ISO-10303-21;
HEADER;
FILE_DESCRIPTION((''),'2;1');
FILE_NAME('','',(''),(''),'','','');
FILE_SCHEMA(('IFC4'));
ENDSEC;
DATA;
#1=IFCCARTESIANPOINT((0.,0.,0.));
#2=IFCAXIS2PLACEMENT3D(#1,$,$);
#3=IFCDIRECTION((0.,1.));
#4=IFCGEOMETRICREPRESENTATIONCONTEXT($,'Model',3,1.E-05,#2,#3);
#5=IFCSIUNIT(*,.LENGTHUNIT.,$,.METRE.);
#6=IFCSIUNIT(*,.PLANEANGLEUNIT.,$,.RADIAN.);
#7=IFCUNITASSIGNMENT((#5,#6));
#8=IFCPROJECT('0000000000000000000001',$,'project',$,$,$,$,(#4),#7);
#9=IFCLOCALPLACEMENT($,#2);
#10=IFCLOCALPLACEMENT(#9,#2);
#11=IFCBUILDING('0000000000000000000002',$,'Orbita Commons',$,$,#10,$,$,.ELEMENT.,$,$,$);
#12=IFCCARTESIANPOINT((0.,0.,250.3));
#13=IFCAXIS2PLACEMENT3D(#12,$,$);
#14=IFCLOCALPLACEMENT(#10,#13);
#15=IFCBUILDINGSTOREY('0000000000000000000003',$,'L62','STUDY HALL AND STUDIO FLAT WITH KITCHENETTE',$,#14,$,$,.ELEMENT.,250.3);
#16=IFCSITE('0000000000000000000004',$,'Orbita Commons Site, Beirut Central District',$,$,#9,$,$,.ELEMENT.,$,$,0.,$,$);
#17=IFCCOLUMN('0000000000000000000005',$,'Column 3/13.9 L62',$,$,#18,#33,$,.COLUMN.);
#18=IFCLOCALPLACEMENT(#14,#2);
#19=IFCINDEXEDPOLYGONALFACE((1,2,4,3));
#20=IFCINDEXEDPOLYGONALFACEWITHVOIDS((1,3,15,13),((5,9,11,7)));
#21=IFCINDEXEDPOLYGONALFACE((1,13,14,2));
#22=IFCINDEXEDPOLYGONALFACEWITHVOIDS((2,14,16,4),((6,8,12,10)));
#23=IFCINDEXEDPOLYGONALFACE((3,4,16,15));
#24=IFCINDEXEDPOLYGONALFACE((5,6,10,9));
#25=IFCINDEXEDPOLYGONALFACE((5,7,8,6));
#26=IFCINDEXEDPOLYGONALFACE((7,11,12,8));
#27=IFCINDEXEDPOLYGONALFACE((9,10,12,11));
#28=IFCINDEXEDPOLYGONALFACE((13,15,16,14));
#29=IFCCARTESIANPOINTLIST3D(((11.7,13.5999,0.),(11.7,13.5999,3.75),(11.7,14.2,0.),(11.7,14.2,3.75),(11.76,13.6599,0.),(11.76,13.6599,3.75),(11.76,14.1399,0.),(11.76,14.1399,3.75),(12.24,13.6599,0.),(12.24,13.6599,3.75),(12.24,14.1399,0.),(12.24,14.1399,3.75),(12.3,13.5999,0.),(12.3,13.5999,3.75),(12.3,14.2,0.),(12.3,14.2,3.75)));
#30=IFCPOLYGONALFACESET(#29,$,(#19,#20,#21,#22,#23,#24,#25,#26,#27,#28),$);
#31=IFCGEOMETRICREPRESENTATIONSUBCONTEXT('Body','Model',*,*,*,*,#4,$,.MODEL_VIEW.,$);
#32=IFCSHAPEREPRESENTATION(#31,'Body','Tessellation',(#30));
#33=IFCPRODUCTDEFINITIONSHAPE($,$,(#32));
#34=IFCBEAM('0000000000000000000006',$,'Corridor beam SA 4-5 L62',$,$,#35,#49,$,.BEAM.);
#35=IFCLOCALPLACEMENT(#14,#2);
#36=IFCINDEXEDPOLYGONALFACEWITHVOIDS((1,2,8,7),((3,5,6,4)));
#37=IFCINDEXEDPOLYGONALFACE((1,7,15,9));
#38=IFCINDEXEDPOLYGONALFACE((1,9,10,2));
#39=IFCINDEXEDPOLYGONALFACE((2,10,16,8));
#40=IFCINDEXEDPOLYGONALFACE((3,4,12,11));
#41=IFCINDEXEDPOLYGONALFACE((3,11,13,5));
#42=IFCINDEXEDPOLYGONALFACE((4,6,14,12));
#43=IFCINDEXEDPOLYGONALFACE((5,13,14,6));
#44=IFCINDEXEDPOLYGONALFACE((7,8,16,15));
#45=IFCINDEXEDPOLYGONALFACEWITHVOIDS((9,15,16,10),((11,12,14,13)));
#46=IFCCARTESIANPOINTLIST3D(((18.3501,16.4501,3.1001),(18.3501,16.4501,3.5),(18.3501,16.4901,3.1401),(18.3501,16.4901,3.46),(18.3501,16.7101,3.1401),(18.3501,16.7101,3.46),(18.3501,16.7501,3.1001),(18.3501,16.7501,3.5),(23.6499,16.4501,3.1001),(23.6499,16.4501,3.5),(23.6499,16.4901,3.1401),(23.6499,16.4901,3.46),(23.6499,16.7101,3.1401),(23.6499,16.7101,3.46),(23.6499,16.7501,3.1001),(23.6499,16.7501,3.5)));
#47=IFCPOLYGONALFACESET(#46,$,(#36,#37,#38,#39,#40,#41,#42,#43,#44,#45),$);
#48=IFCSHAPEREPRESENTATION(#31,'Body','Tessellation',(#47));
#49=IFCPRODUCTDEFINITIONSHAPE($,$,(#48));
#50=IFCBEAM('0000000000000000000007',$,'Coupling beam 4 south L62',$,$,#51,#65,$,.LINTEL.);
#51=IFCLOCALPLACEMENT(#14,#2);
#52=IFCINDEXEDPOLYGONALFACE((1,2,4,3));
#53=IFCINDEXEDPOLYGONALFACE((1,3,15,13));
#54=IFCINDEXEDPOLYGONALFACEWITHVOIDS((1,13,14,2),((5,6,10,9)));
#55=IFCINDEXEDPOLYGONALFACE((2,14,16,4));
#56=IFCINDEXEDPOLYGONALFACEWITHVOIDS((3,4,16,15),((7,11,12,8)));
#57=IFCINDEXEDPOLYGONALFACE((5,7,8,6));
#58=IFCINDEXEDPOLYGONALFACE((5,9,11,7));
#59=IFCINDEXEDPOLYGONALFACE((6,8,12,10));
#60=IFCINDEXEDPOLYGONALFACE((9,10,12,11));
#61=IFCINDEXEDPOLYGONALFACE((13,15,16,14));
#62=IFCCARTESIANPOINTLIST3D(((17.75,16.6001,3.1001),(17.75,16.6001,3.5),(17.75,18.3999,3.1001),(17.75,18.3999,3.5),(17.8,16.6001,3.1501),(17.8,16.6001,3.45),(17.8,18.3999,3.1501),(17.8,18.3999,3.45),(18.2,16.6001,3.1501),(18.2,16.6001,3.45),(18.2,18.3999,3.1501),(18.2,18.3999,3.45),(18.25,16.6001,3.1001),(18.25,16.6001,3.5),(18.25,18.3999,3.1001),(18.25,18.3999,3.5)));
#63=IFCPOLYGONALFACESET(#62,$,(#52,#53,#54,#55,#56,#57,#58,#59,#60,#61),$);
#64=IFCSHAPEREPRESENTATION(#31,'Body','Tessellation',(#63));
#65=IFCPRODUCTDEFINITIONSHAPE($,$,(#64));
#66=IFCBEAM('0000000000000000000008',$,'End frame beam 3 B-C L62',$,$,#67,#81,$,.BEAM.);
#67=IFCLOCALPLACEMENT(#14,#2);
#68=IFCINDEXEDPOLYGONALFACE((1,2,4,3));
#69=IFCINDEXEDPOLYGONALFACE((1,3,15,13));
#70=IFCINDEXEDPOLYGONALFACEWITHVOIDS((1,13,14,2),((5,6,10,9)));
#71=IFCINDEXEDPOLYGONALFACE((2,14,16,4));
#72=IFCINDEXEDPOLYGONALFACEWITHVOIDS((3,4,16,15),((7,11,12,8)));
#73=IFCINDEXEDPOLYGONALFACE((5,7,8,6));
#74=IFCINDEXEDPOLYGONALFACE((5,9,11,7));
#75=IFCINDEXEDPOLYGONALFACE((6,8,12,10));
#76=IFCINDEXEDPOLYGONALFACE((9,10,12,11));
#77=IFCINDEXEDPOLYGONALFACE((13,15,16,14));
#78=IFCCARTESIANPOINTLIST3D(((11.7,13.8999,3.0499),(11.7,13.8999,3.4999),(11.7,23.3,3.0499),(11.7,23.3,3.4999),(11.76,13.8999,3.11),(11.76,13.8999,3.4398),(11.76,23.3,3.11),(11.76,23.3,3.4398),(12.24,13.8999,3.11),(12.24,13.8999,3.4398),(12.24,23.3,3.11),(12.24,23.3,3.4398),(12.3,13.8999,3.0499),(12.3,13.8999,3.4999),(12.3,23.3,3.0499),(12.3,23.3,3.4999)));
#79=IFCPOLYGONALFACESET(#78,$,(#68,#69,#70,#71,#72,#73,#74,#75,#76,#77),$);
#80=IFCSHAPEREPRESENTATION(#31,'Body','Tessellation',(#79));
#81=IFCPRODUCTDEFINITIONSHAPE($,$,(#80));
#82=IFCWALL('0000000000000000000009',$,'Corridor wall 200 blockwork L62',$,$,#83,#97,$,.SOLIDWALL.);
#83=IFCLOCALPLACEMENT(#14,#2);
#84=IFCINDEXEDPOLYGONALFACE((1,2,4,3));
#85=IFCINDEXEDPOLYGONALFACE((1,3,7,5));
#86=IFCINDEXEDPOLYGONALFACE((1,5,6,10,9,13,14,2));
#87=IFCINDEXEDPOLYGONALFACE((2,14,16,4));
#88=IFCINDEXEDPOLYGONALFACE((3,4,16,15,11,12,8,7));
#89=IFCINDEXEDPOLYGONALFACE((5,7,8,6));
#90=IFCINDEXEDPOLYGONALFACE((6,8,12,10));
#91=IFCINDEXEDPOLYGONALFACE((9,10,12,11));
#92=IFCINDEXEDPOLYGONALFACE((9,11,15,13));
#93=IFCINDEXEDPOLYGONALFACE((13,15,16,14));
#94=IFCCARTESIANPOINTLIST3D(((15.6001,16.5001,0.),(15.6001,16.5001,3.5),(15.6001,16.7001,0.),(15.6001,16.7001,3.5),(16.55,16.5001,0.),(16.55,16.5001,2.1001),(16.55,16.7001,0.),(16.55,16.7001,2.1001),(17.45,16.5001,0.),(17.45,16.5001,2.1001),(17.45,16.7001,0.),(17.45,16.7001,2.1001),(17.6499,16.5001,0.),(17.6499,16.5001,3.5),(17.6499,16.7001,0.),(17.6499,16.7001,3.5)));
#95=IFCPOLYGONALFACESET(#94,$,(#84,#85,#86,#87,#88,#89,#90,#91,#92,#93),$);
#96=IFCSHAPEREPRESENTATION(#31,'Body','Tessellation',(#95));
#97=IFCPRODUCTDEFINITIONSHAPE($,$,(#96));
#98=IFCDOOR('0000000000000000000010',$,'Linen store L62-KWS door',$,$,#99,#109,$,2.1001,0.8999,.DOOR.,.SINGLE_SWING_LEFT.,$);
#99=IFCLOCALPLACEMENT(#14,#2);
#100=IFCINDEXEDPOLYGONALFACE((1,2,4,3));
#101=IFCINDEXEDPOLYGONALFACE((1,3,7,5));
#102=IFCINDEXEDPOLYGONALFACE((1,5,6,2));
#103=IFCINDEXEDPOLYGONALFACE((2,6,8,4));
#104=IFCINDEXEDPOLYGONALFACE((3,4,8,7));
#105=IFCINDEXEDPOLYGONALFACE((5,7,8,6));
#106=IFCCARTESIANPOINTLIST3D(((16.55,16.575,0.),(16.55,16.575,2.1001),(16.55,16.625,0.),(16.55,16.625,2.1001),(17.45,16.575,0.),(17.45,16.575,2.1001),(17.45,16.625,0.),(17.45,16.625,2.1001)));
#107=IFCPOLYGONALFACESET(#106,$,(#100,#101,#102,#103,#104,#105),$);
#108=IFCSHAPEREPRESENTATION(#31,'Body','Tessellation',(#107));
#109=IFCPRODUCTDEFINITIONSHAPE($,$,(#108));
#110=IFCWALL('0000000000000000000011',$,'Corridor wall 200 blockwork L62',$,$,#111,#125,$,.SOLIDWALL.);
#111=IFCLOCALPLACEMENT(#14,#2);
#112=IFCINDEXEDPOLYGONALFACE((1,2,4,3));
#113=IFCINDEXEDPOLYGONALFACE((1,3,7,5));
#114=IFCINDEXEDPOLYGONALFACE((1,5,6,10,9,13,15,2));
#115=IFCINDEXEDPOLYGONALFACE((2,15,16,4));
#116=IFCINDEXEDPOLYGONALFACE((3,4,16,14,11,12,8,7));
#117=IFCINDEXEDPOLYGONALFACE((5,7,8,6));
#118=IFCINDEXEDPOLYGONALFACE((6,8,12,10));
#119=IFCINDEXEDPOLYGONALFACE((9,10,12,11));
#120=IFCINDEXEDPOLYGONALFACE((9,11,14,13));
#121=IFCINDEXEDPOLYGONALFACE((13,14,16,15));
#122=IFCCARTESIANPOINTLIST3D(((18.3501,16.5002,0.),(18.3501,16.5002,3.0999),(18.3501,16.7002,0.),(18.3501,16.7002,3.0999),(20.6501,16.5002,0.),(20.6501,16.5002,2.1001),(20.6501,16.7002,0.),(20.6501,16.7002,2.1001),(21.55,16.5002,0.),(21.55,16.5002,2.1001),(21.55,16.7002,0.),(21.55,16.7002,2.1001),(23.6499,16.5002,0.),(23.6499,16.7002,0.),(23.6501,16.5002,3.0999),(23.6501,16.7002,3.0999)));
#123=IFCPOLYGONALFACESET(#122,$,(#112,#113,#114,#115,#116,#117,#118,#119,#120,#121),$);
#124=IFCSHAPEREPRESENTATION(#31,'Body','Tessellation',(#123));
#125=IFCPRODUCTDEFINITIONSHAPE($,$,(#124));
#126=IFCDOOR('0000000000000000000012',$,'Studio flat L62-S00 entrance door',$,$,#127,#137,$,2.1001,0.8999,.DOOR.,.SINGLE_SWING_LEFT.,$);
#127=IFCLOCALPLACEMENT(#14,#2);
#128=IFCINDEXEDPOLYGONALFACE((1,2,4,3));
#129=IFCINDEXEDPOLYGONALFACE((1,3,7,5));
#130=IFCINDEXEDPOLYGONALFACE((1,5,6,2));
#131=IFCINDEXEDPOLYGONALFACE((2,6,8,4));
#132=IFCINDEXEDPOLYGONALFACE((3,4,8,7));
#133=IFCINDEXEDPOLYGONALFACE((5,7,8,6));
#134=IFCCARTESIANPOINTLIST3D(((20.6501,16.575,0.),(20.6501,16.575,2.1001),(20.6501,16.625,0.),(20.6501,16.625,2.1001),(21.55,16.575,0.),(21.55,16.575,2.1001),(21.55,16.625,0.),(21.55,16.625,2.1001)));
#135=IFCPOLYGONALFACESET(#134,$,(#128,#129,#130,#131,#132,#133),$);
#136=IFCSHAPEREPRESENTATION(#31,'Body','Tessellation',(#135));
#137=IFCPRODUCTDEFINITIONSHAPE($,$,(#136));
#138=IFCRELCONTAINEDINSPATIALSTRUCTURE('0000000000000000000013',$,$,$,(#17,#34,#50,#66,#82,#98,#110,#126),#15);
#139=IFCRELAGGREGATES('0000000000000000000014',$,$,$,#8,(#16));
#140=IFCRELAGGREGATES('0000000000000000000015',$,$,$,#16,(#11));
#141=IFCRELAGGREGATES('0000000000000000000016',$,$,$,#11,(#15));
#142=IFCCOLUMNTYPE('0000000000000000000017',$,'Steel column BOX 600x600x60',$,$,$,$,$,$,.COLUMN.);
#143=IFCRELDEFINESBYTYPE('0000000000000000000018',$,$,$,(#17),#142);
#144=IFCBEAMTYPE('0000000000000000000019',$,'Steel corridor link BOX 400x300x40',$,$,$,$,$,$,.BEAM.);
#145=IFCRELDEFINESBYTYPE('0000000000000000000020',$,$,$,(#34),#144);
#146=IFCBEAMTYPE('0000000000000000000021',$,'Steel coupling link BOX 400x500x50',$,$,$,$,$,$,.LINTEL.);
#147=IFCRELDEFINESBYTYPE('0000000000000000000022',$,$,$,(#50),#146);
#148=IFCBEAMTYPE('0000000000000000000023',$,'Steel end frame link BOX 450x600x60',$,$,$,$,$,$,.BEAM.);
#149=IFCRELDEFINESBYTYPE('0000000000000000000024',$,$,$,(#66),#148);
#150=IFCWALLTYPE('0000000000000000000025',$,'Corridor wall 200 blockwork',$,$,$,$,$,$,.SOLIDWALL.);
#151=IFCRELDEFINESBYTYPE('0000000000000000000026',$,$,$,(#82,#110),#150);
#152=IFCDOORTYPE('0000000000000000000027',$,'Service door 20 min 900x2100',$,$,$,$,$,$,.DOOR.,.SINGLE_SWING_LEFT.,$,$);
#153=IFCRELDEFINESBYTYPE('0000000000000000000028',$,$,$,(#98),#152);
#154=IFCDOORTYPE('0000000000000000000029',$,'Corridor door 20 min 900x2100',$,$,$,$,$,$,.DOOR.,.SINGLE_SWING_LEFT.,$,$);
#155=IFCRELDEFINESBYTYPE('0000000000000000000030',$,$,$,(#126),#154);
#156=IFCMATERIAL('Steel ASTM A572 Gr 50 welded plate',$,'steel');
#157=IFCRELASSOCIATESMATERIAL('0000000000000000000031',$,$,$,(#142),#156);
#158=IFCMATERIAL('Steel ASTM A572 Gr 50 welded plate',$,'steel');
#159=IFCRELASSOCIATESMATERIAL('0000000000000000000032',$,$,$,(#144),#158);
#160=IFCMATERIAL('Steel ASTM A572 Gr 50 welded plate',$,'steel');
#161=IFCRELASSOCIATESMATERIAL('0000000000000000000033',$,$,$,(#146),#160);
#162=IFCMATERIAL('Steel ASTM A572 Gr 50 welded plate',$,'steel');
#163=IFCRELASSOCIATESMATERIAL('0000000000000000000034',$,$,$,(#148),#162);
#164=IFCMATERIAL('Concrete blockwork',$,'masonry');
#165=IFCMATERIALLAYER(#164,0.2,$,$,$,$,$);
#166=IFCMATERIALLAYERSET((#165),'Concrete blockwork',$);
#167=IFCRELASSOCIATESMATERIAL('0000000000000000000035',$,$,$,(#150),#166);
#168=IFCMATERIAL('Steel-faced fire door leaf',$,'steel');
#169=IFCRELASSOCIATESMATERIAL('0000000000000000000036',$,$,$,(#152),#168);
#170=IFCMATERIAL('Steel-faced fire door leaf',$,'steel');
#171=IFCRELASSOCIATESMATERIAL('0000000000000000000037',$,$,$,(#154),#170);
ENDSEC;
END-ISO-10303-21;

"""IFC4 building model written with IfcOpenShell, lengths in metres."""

from ifc_helpers import new_model, si_unit, direction, frame, frame_2d, origin, origin_2d, place, context, subcontext, project, spatial, polyline, rectangle, hollow_rectangle, outline, extrude, material, layer, layer_set, material_profile, profile_set, type_object, element, fill, save


model = new_model("IFC4")

# Units and contexts
model_context = context("Model", 3, precision=1e-05, world=origin(), true_north=direction((0.0, 1.0)))
body_context = subcontext(model_context, "Body", "Model", "MODEL_VIEW")
ifc_project = project(units=[si_unit("LENGTHUNIT", "METRE"), si_unit("PLANEANGLEUNIT", "RADIAN")], contexts=[model_context])

# Site, building, storey
site_placement = place(None, origin())
site = spatial("IfcSite", under=ifc_project, at=site_placement, Name="Orbita Commons Site, Beirut Central District", CompositionType="ELEMENT", RefElevation=0.0)
building_placement = place(site_placement, origin())
building = spatial("IfcBuilding", under=site, at=building_placement, Name="Orbita Commons", CompositionType="ELEMENT")
storey_placement = place(building_placement, frame((0.0, 0.0, 250.3)))
storey = spatial("IfcBuildingStorey", under=building, at=storey_placement, Name="L62", Description="STUDY HALL AND STUDIO FLAT WITH KITCHENETTE", CompositionType="ELEMENT", Elevation=250.3)

# Column
ifc_material_1 = material(Name="Steel ASTM A572 Gr 50 welded plate", Category="steel")
ifc_material_profile_1 = material_profile(ifc_material_1, hollow_rectangle(XDim=0.6001, YDim=0.6001, WallThickness=0.0601, at=origin_2d()), Name="BOX 600x600x60")
ifc_profile_set_1 = profile_set([ifc_material_profile_1], Name="Steel ASTM A572 Gr 50 welded plate")
column_type = type_object("IfcColumnType", Name="Steel column BOX 600x600x60", PredefinedType="COLUMN", material=ifc_profile_set_1)
column_placement = place(storey_placement, frame((12.0, 13.8999, 0.0), z_axis=(0.0, 0.0, 1.0), x_axis=(1.0, 0.0, 0.0)))
element("IfcColumn", 1, at=column_placement, inside=storey, type_object=column_type, Name="Column 3/13.9 L62", PredefinedType="COLUMN", context=body_context, shape_type="SweptSolid", body=[
    extrude(hollow_rectangle(XDim=0.6001, YDim=0.6001, WallThickness=0.0601, at=origin_2d()), origin(), (0.0, 0.0, 1.0), 3.75),
])

# Beams
ifc_material_2 = material(Name="Steel ASTM A572 Gr 50 welded plate", Category="steel")
ifc_material_profile_2 = material_profile(ifc_material_2, hollow_rectangle(XDim=0.3, YDim=0.3999, WallThickness=0.04, at=origin_2d()), Name="BOX 400x300x40")
ifc_profile_set_2 = profile_set([ifc_material_profile_2], Name="Steel ASTM A572 Gr 50 welded plate")
beam_type_1 = type_object("IfcBeamType", Name="Steel corridor link BOX 400x300x40", PredefinedType="BEAM", material=ifc_profile_set_2)
beam_1_placement = place(storey_placement, frame((18.3501, 16.6001, 3.3), z_axis=(1.0, 0.0, 0.0), x_axis=(0.0, 1.0, 0.0)))
element("IfcBeam", 2, at=beam_1_placement, inside=storey, type_object=beam_type_1, Name="Corridor beam SA 4-5 L62", PredefinedType="BEAM", context=body_context, shape_type="SweptSolid", body=[
    extrude(hollow_rectangle(XDim=0.3, YDim=0.3999, WallThickness=0.04, at=origin_2d()), origin(), (0.0, 0.0, 1.0), 5.2998),
])
ifc_material_3 = material(Name="Steel ASTM A572 Gr 50 welded plate", Category="steel")
ifc_material_profile_3 = material_profile(ifc_material_3, hollow_rectangle(XDim=0.5, YDim=0.3999, WallThickness=0.05, at=origin_2d()), Name="BOX 400x500x50")
ifc_profile_set_3 = profile_set([ifc_material_profile_3], Name="Steel ASTM A572 Gr 50 welded plate")
beam_type_2 = type_object("IfcBeamType", Name="Steel coupling link BOX 400x500x50", PredefinedType="LINTEL", material=ifc_profile_set_3)
beam_2_placement = place(storey_placement, frame((18.0, 16.6001, 3.3), z_axis=(0.0, 1.0, 0.0), x_axis=(-1.0, 0.0, 0.0)))
element("IfcBeam", 3, at=beam_2_placement, inside=storey, type_object=beam_type_2, Name="Coupling beam 4 south L62", PredefinedType="LINTEL", context=body_context, shape_type="SweptSolid", body=[
    extrude(hollow_rectangle(XDim=0.5, YDim=0.3999, WallThickness=0.05, at=origin_2d()), origin(), (0.0, 0.0, 1.0), 1.7998),
])
ifc_material_4 = material(Name="Steel ASTM A572 Gr 50 welded plate", Category="steel")
ifc_material_profile_4 = material_profile(ifc_material_4, hollow_rectangle(XDim=0.6001, YDim=0.45, WallThickness=0.0601, at=origin_2d()), Name="BOX 450x600x60")
ifc_profile_set_4 = profile_set([ifc_material_profile_4], Name="Steel ASTM A572 Gr 50 welded plate")
beam_type_3 = type_object("IfcBeamType", Name="Steel end frame link BOX 450x600x60", PredefinedType="BEAM", material=ifc_profile_set_4)
beam_3_placement = place(storey_placement, frame((12.0, 13.8999, 3.2749), z_axis=(0.0, 1.0, 0.0), x_axis=(-1.0, 0.0, 0.0)))
element("IfcBeam", 4, at=beam_3_placement, inside=storey, type_object=beam_type_3, Name="End frame beam 3 B-C L62", PredefinedType="BEAM", context=body_context, shape_type="SweptSolid", body=[
    extrude(hollow_rectangle(XDim=0.6001, YDim=0.45, WallThickness=0.0601, at=origin_2d()), origin(), (0.0, 0.0, 1.0), 9.4001),
])

# Walls, openings, doors
ifc_material_5 = material(Name="Concrete blockwork", Category="masonry")
ifc_layer_1 = layer(ifc_material_5, 0.2)
ifc_layer_set_1 = layer_set([ifc_layer_1], Name="Concrete blockwork")
wall_type_1 = type_object("IfcWallType", Name="Corridor wall 200 blockwork", PredefinedType="SOLIDWALL", material=ifc_layer_set_1)
wall_1_placement = place(storey_placement, frame((15.6001, 16.6001, 0.0), z_axis=(0.0, 0.0, 1.0), x_axis=(1.0, 0.0, 0.0)))
wall_1 = element("IfcWall", 5, at=wall_1_placement, inside=storey, type_object=wall_type_1, Name="Corridor wall 200 blockwork L62", PredefinedType="SOLIDWALL", context=body_context, shape_type="SweptSolid", body=[
    extrude(rectangle(XDim=2.0498, YDim=0.2, at=frame_2d((1.0249, 0.0))), origin(), (0.0, 0.0, 1.0), 3.5),
])
opening_1_placement = place(wall_1_placement, frame((0.95, 0.0, 0.0)))
opening_1 = element("IfcOpeningElement", 6, at=opening_1_placement, cuts=wall_1, PredefinedType="OPENING", context=body_context, shape_type="SweptSolid", body=[
    extrude(rectangle(XDim=0.8999, YDim=2.1001, at=frame_2d((0.45, 1.05))), frame((0.0, 0.1099, 0.0), z_axis=(0.0, -1.0, 0.0), x_axis=(1.0, 0.0, 0.0)), (0.0, 0.0, 1.0), 0.22),
])
ifc_material_6 = material(Name="Steel-faced fire door leaf", Category="steel")
door_type_1 = type_object("IfcDoorType", Name="Service door 20 min 900x2100", OperationType="SINGLE_SWING_LEFT", PredefinedType="DOOR", material=ifc_material_6)
door_1_placement = place(opening_1_placement, origin())
door_1 = element("IfcDoor", 7, at=door_1_placement, inside=storey, type_object=door_type_1, Name="Linen store L62-KWS door", OperationType="SINGLE_SWING_LEFT", OverallHeight=2.1001, OverallWidth=0.8999, PredefinedType="DOOR", context=body_context, shape_type="SweptSolid", body=[
    extrude(rectangle(XDim=0.8999, YDim=2.1001, at=frame_2d((0.45, 1.05))), frame((0.0, 0.0249, 0.0), z_axis=(0.0, -1.0, 0.0), x_axis=(1.0, 0.0, 0.0)), (0.0, 0.0, 1.0), 0.05),
])
fill(opening_1, door_1)
wall_2_placement = place(storey_placement, frame((18.3501, 16.6001, 0.0), z_axis=(0.0, 0.0, 1.0), x_axis=(1.0, 0.0, 0.0)))
wall_2 = element("IfcWall", 8, at=wall_2_placement, inside=storey, type_object=wall_type_1, Name="Corridor wall 200 blockwork L62", PredefinedType="SOLIDWALL", context=body_context, shape_type="SweptSolid", body=[
    extrude(outline(polyline([(0.0, 0.0), (5.2998, 0.0), (5.3, 3.0999), (0.0, 3.0999), (0.0, 0.0)])), frame((0.0, 0.1001, 0.0), z_axis=(0.0, -1.0, 0.0), x_axis=(1.0, 0.0, 0.0)), (0.0, 0.0, 1.0), 0.2),
])
opening_2_placement = place(wall_2_placement, frame((2.3, 0.0, 0.0)))
opening_2 = element("IfcOpeningElement", 9, at=opening_2_placement, cuts=wall_2, PredefinedType="OPENING", context=body_context, shape_type="SweptSolid", body=[
    extrude(rectangle(XDim=0.8999, YDim=2.1001, at=frame_2d((0.45, 1.05))), frame((0.0, 0.1099, 0.0), z_axis=(0.0, -1.0, 0.0), x_axis=(1.0, 0.0, 0.0)), (0.0, 0.0, 1.0), 0.22),
])
ifc_material_7 = material(Name="Steel-faced fire door leaf", Category="steel")
door_type_2 = type_object("IfcDoorType", Name="Corridor door 20 min 900x2100", OperationType="SINGLE_SWING_LEFT", PredefinedType="DOOR", material=ifc_material_7)
door_2_placement = place(opening_2_placement, origin())
door_2 = element("IfcDoor", 10, at=door_2_placement, inside=storey, type_object=door_type_2, Name="Studio flat L62-S00 entrance door", OperationType="SINGLE_SWING_LEFT", OverallHeight=2.1001, OverallWidth=0.8999, PredefinedType="DOOR", context=body_context, shape_type="SweptSolid", body=[
    extrude(rectangle(XDim=0.8999, YDim=2.1001, at=frame_2d((0.45, 1.05))), frame((0.0, 0.0249, 0.0), z_axis=(0.0, -1.0, 0.0), x_axis=(1.0, 0.0, 0.0)), (0.0, 0.0, 1.0), 0.05),
])
fill(opening_2, door_2)

save(model, "model.ifc")
